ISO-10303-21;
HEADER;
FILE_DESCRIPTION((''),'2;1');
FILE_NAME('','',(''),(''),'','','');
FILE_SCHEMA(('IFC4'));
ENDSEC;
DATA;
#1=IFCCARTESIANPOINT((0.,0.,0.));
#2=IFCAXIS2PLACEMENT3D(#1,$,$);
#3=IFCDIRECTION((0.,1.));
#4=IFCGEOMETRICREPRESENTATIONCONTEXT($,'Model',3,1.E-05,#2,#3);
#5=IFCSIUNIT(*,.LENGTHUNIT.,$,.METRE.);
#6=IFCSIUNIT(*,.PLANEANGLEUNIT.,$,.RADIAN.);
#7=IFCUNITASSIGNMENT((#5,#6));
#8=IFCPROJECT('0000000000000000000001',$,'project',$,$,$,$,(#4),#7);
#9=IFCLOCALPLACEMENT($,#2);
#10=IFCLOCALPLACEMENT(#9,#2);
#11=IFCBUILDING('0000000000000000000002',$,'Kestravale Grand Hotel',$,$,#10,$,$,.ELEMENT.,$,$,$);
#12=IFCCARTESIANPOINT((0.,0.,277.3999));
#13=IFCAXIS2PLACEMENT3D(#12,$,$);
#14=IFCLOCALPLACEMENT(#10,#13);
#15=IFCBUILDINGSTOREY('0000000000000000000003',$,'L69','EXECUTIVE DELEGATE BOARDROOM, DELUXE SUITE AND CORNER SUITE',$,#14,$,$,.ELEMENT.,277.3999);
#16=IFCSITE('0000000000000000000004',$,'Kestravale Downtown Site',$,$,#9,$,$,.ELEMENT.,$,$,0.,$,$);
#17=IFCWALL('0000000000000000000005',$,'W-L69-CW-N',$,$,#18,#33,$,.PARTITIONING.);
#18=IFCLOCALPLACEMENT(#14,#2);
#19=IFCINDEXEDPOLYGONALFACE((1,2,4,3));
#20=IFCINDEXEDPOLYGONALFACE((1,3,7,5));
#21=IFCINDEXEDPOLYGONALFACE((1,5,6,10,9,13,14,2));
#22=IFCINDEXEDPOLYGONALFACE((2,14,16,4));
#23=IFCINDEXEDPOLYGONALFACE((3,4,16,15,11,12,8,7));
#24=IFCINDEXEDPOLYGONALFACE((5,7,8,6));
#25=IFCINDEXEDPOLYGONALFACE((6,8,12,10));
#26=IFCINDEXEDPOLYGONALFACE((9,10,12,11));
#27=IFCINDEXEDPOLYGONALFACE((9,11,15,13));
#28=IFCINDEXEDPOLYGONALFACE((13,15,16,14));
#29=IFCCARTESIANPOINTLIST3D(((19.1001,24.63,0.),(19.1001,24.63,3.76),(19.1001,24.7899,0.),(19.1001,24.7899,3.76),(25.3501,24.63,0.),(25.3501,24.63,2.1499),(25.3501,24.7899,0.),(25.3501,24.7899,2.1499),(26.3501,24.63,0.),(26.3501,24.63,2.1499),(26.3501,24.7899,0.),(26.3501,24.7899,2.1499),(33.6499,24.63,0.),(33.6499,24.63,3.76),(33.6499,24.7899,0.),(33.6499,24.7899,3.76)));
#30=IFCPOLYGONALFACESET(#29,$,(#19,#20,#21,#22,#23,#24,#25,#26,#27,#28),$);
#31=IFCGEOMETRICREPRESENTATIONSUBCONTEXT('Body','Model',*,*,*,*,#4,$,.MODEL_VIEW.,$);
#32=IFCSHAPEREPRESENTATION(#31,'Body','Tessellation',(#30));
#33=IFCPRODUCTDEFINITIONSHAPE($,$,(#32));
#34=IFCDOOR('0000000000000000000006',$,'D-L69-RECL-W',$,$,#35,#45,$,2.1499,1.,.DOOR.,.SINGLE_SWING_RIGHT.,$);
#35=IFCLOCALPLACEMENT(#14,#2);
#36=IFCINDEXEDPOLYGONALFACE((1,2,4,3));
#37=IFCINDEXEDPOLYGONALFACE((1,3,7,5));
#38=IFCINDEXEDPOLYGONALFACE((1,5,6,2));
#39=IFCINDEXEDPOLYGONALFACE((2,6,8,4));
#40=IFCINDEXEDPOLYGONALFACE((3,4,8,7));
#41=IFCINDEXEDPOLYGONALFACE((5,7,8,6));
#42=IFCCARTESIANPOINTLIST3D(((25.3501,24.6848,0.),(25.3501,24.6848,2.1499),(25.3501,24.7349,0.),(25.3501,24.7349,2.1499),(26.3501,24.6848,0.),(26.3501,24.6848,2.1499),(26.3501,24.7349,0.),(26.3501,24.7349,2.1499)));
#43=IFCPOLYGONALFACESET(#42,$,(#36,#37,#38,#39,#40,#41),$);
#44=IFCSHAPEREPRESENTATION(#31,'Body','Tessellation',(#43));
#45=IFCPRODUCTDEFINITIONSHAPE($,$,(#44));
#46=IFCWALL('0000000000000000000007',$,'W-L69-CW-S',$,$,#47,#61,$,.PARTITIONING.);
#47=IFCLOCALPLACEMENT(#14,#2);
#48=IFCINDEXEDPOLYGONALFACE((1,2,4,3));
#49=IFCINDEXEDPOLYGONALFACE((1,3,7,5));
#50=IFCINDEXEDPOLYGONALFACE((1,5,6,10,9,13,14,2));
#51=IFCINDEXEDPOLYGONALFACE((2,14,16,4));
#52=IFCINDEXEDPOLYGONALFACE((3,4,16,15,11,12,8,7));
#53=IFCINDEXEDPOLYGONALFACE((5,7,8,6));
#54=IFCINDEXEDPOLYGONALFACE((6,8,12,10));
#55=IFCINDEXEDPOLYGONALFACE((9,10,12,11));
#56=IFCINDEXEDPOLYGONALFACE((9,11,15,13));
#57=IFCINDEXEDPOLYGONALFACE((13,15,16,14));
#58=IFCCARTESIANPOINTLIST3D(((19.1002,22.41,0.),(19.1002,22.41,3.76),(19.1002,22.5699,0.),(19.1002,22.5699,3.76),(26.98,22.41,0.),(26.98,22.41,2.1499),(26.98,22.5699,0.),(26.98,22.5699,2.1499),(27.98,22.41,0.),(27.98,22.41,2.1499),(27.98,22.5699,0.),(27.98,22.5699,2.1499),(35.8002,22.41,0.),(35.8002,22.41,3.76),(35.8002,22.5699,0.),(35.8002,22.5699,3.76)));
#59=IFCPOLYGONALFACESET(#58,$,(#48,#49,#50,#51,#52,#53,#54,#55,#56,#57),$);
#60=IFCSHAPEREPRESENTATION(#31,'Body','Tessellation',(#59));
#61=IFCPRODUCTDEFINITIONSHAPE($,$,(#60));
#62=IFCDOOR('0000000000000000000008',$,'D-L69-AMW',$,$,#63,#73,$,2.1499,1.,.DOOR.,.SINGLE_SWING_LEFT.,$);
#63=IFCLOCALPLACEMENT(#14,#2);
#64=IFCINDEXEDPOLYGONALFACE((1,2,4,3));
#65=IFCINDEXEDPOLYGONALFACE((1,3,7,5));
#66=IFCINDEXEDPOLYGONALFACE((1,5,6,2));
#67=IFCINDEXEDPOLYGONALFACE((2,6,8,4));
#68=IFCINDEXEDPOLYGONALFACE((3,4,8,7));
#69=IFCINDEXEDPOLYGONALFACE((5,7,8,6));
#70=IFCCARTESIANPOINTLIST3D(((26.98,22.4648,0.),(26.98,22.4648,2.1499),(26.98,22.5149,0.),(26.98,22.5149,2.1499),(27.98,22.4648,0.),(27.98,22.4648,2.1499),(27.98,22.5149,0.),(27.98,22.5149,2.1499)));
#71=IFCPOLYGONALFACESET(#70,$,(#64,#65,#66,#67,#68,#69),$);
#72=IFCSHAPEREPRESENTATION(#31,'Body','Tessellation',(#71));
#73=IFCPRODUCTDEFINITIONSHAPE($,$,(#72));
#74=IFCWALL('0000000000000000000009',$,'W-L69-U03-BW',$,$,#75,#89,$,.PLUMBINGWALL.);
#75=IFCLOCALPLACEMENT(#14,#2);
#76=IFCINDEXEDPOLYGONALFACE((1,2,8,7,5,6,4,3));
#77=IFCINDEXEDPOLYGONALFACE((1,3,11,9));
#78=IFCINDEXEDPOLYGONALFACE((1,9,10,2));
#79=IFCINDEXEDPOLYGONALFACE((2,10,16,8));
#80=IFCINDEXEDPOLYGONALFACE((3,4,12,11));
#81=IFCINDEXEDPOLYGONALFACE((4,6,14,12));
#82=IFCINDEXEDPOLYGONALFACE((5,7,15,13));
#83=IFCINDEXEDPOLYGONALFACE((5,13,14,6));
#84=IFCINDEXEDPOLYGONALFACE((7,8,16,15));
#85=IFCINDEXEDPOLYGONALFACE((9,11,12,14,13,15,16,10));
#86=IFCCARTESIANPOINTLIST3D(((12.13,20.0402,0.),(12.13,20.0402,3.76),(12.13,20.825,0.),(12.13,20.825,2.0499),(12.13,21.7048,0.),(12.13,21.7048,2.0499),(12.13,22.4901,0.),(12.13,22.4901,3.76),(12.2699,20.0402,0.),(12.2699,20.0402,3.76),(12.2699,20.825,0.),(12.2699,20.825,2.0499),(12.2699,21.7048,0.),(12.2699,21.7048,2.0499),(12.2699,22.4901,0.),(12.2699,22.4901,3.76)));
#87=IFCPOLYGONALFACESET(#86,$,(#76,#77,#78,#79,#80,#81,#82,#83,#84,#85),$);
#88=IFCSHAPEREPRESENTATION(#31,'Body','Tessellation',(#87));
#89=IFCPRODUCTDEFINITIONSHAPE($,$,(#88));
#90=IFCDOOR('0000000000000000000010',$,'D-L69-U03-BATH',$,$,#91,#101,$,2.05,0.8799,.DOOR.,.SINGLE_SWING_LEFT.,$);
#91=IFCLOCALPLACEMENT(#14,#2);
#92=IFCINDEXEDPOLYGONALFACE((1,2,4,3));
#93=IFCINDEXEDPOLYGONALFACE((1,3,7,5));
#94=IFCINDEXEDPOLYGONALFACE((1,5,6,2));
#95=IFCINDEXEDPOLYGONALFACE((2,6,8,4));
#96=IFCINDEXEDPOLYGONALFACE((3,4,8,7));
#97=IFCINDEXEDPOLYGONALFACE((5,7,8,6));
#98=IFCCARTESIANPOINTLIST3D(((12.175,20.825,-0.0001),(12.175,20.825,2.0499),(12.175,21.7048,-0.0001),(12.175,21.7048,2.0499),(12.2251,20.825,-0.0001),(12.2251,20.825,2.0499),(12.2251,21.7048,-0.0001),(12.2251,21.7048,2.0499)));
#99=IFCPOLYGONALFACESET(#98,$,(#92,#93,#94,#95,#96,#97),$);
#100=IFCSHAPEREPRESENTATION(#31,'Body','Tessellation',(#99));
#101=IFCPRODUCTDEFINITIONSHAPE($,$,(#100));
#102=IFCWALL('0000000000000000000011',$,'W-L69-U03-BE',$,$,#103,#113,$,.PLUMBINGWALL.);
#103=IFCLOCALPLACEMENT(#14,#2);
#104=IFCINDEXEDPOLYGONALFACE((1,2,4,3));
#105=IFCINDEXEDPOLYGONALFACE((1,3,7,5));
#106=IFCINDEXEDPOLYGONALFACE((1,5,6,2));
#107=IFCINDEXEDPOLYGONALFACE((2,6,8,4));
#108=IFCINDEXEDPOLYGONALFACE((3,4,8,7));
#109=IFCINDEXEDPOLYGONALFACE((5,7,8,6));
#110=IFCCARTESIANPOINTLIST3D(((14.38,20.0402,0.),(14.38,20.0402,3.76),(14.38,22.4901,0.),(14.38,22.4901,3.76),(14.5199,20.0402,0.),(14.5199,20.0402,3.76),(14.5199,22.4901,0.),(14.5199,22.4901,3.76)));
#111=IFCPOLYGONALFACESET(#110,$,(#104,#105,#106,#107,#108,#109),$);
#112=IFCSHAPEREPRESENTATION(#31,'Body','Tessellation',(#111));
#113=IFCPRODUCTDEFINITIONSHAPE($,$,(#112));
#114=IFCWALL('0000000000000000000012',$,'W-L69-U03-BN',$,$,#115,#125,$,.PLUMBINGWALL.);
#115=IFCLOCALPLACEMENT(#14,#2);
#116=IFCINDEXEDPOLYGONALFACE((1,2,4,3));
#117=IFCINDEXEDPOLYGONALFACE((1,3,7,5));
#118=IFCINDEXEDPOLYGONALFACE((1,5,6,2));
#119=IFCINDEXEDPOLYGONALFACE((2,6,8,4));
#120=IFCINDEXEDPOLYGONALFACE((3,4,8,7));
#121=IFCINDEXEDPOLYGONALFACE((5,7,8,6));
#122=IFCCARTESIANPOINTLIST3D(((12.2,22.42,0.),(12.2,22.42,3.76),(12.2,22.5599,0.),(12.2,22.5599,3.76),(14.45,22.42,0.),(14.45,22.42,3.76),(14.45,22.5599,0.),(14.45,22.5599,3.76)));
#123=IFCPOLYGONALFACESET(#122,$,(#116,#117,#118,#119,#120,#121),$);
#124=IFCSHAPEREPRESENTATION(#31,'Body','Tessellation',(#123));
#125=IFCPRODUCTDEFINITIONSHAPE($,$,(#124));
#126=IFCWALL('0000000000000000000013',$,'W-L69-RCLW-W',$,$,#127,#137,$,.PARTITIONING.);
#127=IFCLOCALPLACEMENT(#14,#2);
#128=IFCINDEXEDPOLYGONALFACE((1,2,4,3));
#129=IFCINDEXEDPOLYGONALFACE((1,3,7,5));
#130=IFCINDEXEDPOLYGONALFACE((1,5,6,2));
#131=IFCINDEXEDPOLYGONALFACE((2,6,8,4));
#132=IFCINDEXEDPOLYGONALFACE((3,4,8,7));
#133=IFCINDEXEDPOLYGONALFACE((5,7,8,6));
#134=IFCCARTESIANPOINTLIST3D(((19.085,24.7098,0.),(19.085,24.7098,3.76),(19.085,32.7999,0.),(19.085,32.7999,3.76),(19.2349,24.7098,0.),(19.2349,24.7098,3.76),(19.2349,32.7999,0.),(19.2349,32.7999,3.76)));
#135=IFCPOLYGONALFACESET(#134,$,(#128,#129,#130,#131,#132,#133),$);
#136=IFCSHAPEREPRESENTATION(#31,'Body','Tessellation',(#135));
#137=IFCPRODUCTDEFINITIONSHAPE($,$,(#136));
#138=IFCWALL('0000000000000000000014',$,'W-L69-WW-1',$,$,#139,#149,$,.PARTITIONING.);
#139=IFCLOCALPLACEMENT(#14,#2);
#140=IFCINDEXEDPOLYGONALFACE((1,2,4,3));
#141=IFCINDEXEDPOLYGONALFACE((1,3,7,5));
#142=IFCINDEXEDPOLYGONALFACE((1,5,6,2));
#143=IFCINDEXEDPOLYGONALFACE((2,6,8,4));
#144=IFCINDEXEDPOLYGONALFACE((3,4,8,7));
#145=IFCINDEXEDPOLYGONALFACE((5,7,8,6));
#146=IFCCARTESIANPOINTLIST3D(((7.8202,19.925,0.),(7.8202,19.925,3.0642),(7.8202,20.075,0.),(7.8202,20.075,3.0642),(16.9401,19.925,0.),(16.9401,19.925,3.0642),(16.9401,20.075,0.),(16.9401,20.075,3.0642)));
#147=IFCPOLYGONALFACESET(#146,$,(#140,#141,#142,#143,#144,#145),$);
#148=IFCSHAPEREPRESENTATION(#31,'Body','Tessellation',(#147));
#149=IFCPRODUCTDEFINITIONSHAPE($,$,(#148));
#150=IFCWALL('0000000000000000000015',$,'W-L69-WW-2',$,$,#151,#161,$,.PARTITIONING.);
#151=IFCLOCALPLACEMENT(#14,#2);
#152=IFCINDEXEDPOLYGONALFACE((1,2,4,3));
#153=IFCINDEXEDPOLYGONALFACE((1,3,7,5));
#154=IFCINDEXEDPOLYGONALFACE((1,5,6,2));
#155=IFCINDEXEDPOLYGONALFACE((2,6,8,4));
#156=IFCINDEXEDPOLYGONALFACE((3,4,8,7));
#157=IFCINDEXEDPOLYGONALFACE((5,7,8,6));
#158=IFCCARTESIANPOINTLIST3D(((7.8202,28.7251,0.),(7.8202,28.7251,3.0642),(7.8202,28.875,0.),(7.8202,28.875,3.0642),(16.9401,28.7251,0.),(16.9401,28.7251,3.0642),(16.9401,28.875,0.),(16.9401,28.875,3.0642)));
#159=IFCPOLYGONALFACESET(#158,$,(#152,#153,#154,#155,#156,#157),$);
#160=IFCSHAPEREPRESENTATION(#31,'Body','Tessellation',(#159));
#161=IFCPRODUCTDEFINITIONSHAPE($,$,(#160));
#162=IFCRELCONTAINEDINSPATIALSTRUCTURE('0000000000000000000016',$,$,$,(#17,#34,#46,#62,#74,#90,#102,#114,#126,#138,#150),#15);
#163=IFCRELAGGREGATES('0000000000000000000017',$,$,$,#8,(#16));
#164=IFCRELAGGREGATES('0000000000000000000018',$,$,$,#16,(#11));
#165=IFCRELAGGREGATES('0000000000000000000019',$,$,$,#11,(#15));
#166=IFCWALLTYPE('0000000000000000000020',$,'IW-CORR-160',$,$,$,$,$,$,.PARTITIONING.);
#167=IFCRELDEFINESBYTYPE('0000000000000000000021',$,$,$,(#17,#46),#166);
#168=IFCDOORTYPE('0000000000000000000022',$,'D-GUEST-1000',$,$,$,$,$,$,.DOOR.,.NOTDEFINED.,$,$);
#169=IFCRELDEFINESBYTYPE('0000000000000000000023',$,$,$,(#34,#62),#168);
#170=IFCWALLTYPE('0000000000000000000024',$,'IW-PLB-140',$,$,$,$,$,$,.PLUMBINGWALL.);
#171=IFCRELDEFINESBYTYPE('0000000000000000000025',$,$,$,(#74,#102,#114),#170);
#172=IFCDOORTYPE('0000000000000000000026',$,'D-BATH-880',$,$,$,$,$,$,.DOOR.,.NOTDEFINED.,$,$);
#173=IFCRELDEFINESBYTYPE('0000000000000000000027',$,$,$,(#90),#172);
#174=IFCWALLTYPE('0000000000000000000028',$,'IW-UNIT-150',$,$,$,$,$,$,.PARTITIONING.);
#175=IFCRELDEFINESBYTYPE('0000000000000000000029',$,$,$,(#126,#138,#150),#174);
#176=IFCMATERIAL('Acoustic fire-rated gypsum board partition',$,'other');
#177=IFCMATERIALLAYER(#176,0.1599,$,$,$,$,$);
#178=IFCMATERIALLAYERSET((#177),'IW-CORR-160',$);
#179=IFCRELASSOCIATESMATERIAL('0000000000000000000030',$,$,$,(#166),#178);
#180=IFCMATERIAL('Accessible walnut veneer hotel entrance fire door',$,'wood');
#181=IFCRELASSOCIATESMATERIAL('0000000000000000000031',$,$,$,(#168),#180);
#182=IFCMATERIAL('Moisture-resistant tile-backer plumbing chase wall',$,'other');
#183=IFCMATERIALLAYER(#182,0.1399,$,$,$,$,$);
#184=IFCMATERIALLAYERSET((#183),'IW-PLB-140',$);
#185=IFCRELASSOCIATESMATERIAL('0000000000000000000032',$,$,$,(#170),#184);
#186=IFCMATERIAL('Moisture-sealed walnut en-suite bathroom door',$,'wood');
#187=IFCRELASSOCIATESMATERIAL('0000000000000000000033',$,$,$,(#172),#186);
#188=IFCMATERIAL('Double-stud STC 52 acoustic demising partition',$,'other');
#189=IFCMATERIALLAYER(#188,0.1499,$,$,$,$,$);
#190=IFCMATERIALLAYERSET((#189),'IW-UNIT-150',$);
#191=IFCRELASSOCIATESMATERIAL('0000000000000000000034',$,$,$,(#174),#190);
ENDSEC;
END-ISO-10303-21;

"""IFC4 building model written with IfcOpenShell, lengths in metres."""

from ifc_helpers import new_model, si_unit, direction, frame, frame_2d, origin, place, context, subcontext, project, spatial, rectangle, extrude, material, layer, layer_set, type_object, element, fill, save


model = new_model("IFC4")

# Units and contexts
model_context = context("Model", 3, precision=1e-05, world=origin(), true_north=direction((0.0, 1.0)))
body_context = subcontext(model_context, "Body", "Model", "MODEL_VIEW")
ifc_project = project(units=[si_unit("LENGTHUNIT", "METRE"), si_unit("PLANEANGLEUNIT", "RADIAN")], contexts=[model_context])

# Site, building, storey
site_placement = place(None, origin())
site = spatial("IfcSite", under=ifc_project, at=site_placement, Name="Kestravale Downtown Site", CompositionType="ELEMENT", RefElevation=0.0)
building_placement = place(site_placement, origin())
building = spatial("IfcBuilding", under=site, at=building_placement, Name="Kestravale Grand Hotel", CompositionType="ELEMENT")
storey_placement = place(building_placement, frame((0.0, 0.0, 277.3999)))
storey = spatial("IfcBuildingStorey", under=building, at=storey_placement, Name="L69", Description="EXECUTIVE DELEGATE BOARDROOM, DELUXE SUITE AND CORNER SUITE", CompositionType="ELEMENT", Elevation=277.3999)

# Walls, openings, doors
ifc_material_1 = material(Name="Acoustic fire-rated gypsum board partition", Category="other")
ifc_layer_1 = layer(ifc_material_1, 0.1599)
ifc_layer_set_1 = layer_set([ifc_layer_1], Name="IW-CORR-160")
wall_type_1 = type_object("IfcWallType", Name="IW-CORR-160", PredefinedType="PARTITIONING", material=ifc_layer_set_1)
wall_1_placement = place(storey_placement, frame((19.1001, 24.71, 0.0), z_axis=(0.0, 0.0, 1.0), x_axis=(1.0, 0.0, 0.0)))
wall_1 = element("IfcWall", 1, at=wall_1_placement, inside=storey, type_object=wall_type_1, Name="W-L69-CW-N", PredefinedType="PARTITIONING", context=body_context, shape_type="SweptSolid", body=[
    extrude(rectangle(XDim=14.5498, YDim=0.1599, at=frame_2d((7.2749, 0.0))), origin(), (0.0, 0.0, 1.0), 3.76),
])
opening_1_placement = place(wall_1_placement, frame((6.25, 0.0, 0.0)))
opening_1 = element("IfcOpeningElement", 2, at=opening_1_placement, cuts=wall_1, PredefinedType="OPENING", context=body_context, shape_type="SweptSolid", body=[
    extrude(rectangle(XDim=1.0, YDim=2.1499, at=frame_2d((0.5, 1.075))), frame((0.0, 0.0898, 0.0), z_axis=(0.0, -1.0, 0.0), x_axis=(1.0, 0.0, 0.0)), (0.0, 0.0, 1.0), 0.1799),
])
ifc_material_2 = material(Name="Accessible walnut veneer hotel entrance fire door", Category="wood")
door_type_1 = type_object("IfcDoorType", Name="D-GUEST-1000", OperationType="NOTDEFINED", PredefinedType="DOOR", material=ifc_material_2)
door_1_placement = place(opening_1_placement, origin())
door_1 = element("IfcDoor", 3, at=door_1_placement, inside=storey, type_object=door_type_1, Name="D-L69-RECL-W", OperationType="SINGLE_SWING_RIGHT", OverallHeight=2.1499, OverallWidth=1.0, PredefinedType="DOOR", context=body_context, shape_type="SweptSolid", body=[
    extrude(rectangle(XDim=1.0, YDim=2.1499, at=frame_2d((0.5, 1.075))), frame((0.0, 0.0249, 0.0), z_axis=(0.0, -1.0, 0.0), x_axis=(1.0, 0.0, 0.0)), (0.0, 0.0, 1.0), 0.05),
])
fill(opening_1, door_1)
wall_2_placement = place(storey_placement, frame((19.1001, 22.49, 0.0), z_axis=(0.0, 0.0, 1.0), x_axis=(1.0, 0.0, 0.0)))
wall_2 = element("IfcWall", 4, at=wall_2_placement, inside=storey, type_object=wall_type_1, Name="W-L69-CW-S", PredefinedType="PARTITIONING", context=body_context, shape_type="SweptSolid", body=[
    extrude(rectangle(XDim=16.7, YDim=0.1599, at=frame_2d((8.3501, 0.0))), origin(), (0.0, 0.0, 1.0), 3.76),
])
opening_2_placement = place(wall_2_placement, frame((7.8799, 0.0, 0.0)))
opening_2 = element("IfcOpeningElement", 5, at=opening_2_placement, cuts=wall_2, PredefinedType="OPENING", context=body_context, shape_type="SweptSolid", body=[
    extrude(rectangle(XDim=1.0, YDim=2.1499, at=frame_2d((0.5, 1.075))), frame((0.0, 0.0898, 0.0), z_axis=(0.0, -1.0, 0.0), x_axis=(1.0, 0.0, 0.0)), (0.0, 0.0, 1.0), 0.1799),
])
door_2_placement = place(opening_2_placement, origin())
door_2 = element("IfcDoor", 6, at=door_2_placement, inside=storey, type_object=door_type_1, Name="D-L69-AMW", OperationType="SINGLE_SWING_LEFT", OverallHeight=2.1499, OverallWidth=1.0, PredefinedType="DOOR", context=body_context, shape_type="SweptSolid", body=[
    extrude(rectangle(XDim=1.0, YDim=2.1499, at=frame_2d((0.5, 1.075))), frame((0.0, 0.0249, 0.0), z_axis=(0.0, -1.0, 0.0), x_axis=(1.0, 0.0, 0.0)), (0.0, 0.0, 1.0), 0.05),
])
fill(opening_2, door_2)
ifc_material_3 = material(Name="Moisture-resistant tile-backer plumbing chase wall", Category="other")
ifc_layer_2 = layer(ifc_material_3, 0.1399)
ifc_layer_set_2 = layer_set([ifc_layer_2], Name="IW-PLB-140")
wall_type_2 = type_object("IfcWallType", Name="IW-PLB-140", PredefinedType="PLUMBINGWALL", material=ifc_layer_set_2)
wall_3_placement = place(storey_placement, frame((12.2, 20.04, 0.0), z_axis=(0.0, 0.0, 1.0), x_axis=(0.0, 1.0, 0.0)))
wall_3 = element("IfcWall", 7, at=wall_3_placement, inside=storey, type_object=wall_type_2, Name="W-L69-U03-BW", PredefinedType="PLUMBINGWALL", context=body_context, shape_type="SweptSolid", body=[
    extrude(rectangle(XDim=2.45, YDim=0.1399, at=frame_2d((1.2251, 0.0))), origin(), (0.0, 0.0, 1.0), 3.76),
])
opening_3_placement = place(wall_3_placement, frame((0.7849, 0.0, 0.0)))
opening_3 = element("IfcOpeningElement", 8, at=opening_3_placement, cuts=wall_3, PredefinedType="OPENING", context=body_context, shape_type="SweptSolid", body=[
    extrude(rectangle(XDim=0.8799, YDim=2.05, at=frame_2d((0.4399, 1.0249))), frame((0.0, 0.0798, 0.0), z_axis=(0.0, -1.0, 0.0), x_axis=(1.0, 0.0, 0.0)), (0.0, 0.0, 1.0), 0.1599),
])
ifc_material_4 = material(Name="Moisture-sealed walnut en-suite bathroom door", Category="wood")
door_type_2 = type_object("IfcDoorType", Name="D-BATH-880", OperationType="NOTDEFINED", PredefinedType="DOOR", material=ifc_material_4)
door_3_placement = place(opening_3_placement, origin())
door_3 = element("IfcDoor", 9, at=door_3_placement, inside=storey, type_object=door_type_2, Name="D-L69-U03-BATH", OperationType="SINGLE_SWING_LEFT", OverallHeight=2.05, OverallWidth=0.8799, PredefinedType="DOOR", context=body_context, shape_type="SweptSolid", body=[
    extrude(rectangle(XDim=0.8799, YDim=2.05, at=frame_2d((0.4399, 1.0249))), frame((0.0, 0.0249, 0.0), z_axis=(0.0, -1.0, 0.0), x_axis=(1.0, 0.0, 0.0)), (0.0, 0.0, 1.0), 0.05),
])
fill(opening_3, door_3)

# Walls
wall_4_placement = place(storey_placement, frame((14.45, 20.04, 0.0), z_axis=(0.0, 0.0, 1.0), x_axis=(0.0, 1.0, 0.0)))
element("IfcWall", 10, at=wall_4_placement, inside=storey, type_object=wall_type_2, Name="W-L69-U03-BE", PredefinedType="PLUMBINGWALL", context=body_context, shape_type="SweptSolid", body=[
    extrude(rectangle(XDim=2.45, YDim=0.1399, at=frame_2d((1.2251, 0.0))), origin(), (0.0, 0.0, 1.0), 3.76),
])
wall_5_placement = place(storey_placement, frame((12.2, 22.49, 0.0), z_axis=(0.0, 0.0, 1.0), x_axis=(1.0, 0.0, 0.0)))
element("IfcWall", 11, at=wall_5_placement, inside=storey, type_object=wall_type_2, Name="W-L69-U03-BN", PredefinedType="PLUMBINGWALL", context=body_context, shape_type="SweptSolid", body=[
    extrude(rectangle(XDim=2.25, YDim=0.1399, at=frame_2d((1.125, 0.0))), origin(), (0.0, 0.0, 1.0), 3.76),
])
ifc_material_5 = material(Name="Double-stud STC 52 acoustic demising partition", Category="other")
ifc_layer_3 = layer(ifc_material_5, 0.1499)
ifc_layer_set_3 = layer_set([ifc_layer_3], Name="IW-UNIT-150")
wall_type_3 = type_object("IfcWallType", Name="IW-UNIT-150", PredefinedType="PARTITIONING", material=ifc_layer_set_3)
wall_6_placement = place(storey_placement, frame((19.1599, 24.71, 0.0), z_axis=(0.0, 0.0, 1.0), x_axis=(0.0, 1.0, 0.0)))
element("IfcWall", 12, at=wall_6_placement, inside=storey, type_object=wall_type_3, Name="W-L69-RCLW-W", PredefinedType="PARTITIONING", context=body_context, shape_type="SweptSolid", body=[
    extrude(rectangle(XDim=8.0901, YDim=0.1499, at=frame_2d((4.0449, 0.0))), origin(), (0.0, 0.0, 1.0), 3.76),
])
for number, where, z_axis, x_axis, name in (
    (13, (7.8201, 20.0, 0.0), (0.0, 0.0, 1.0), (1.0, 0.0, 0.0), "W-L69-WW-1"),
    (14, (7.8201, 28.8, 0.0), (0.0, 0.0, 1.0), (1.0, 0.0, 0.0), "W-L69-WW-2"),
):
    element("IfcWall", number, at=place(storey_placement, frame(where, z_axis=z_axis, x_axis=x_axis)), inside=storey, type_object=wall_type_3, Name=name, PredefinedType="PARTITIONING", context=body_context, shape_type="SweptSolid", body=[
        extrude(rectangle(XDim=9.1199, YDim=0.1499, at=frame_2d((4.5601, 0.0))), origin(), (0.0, 0.0, 1.0), 3.0642),
    ])

save(model, "model.ifc")
